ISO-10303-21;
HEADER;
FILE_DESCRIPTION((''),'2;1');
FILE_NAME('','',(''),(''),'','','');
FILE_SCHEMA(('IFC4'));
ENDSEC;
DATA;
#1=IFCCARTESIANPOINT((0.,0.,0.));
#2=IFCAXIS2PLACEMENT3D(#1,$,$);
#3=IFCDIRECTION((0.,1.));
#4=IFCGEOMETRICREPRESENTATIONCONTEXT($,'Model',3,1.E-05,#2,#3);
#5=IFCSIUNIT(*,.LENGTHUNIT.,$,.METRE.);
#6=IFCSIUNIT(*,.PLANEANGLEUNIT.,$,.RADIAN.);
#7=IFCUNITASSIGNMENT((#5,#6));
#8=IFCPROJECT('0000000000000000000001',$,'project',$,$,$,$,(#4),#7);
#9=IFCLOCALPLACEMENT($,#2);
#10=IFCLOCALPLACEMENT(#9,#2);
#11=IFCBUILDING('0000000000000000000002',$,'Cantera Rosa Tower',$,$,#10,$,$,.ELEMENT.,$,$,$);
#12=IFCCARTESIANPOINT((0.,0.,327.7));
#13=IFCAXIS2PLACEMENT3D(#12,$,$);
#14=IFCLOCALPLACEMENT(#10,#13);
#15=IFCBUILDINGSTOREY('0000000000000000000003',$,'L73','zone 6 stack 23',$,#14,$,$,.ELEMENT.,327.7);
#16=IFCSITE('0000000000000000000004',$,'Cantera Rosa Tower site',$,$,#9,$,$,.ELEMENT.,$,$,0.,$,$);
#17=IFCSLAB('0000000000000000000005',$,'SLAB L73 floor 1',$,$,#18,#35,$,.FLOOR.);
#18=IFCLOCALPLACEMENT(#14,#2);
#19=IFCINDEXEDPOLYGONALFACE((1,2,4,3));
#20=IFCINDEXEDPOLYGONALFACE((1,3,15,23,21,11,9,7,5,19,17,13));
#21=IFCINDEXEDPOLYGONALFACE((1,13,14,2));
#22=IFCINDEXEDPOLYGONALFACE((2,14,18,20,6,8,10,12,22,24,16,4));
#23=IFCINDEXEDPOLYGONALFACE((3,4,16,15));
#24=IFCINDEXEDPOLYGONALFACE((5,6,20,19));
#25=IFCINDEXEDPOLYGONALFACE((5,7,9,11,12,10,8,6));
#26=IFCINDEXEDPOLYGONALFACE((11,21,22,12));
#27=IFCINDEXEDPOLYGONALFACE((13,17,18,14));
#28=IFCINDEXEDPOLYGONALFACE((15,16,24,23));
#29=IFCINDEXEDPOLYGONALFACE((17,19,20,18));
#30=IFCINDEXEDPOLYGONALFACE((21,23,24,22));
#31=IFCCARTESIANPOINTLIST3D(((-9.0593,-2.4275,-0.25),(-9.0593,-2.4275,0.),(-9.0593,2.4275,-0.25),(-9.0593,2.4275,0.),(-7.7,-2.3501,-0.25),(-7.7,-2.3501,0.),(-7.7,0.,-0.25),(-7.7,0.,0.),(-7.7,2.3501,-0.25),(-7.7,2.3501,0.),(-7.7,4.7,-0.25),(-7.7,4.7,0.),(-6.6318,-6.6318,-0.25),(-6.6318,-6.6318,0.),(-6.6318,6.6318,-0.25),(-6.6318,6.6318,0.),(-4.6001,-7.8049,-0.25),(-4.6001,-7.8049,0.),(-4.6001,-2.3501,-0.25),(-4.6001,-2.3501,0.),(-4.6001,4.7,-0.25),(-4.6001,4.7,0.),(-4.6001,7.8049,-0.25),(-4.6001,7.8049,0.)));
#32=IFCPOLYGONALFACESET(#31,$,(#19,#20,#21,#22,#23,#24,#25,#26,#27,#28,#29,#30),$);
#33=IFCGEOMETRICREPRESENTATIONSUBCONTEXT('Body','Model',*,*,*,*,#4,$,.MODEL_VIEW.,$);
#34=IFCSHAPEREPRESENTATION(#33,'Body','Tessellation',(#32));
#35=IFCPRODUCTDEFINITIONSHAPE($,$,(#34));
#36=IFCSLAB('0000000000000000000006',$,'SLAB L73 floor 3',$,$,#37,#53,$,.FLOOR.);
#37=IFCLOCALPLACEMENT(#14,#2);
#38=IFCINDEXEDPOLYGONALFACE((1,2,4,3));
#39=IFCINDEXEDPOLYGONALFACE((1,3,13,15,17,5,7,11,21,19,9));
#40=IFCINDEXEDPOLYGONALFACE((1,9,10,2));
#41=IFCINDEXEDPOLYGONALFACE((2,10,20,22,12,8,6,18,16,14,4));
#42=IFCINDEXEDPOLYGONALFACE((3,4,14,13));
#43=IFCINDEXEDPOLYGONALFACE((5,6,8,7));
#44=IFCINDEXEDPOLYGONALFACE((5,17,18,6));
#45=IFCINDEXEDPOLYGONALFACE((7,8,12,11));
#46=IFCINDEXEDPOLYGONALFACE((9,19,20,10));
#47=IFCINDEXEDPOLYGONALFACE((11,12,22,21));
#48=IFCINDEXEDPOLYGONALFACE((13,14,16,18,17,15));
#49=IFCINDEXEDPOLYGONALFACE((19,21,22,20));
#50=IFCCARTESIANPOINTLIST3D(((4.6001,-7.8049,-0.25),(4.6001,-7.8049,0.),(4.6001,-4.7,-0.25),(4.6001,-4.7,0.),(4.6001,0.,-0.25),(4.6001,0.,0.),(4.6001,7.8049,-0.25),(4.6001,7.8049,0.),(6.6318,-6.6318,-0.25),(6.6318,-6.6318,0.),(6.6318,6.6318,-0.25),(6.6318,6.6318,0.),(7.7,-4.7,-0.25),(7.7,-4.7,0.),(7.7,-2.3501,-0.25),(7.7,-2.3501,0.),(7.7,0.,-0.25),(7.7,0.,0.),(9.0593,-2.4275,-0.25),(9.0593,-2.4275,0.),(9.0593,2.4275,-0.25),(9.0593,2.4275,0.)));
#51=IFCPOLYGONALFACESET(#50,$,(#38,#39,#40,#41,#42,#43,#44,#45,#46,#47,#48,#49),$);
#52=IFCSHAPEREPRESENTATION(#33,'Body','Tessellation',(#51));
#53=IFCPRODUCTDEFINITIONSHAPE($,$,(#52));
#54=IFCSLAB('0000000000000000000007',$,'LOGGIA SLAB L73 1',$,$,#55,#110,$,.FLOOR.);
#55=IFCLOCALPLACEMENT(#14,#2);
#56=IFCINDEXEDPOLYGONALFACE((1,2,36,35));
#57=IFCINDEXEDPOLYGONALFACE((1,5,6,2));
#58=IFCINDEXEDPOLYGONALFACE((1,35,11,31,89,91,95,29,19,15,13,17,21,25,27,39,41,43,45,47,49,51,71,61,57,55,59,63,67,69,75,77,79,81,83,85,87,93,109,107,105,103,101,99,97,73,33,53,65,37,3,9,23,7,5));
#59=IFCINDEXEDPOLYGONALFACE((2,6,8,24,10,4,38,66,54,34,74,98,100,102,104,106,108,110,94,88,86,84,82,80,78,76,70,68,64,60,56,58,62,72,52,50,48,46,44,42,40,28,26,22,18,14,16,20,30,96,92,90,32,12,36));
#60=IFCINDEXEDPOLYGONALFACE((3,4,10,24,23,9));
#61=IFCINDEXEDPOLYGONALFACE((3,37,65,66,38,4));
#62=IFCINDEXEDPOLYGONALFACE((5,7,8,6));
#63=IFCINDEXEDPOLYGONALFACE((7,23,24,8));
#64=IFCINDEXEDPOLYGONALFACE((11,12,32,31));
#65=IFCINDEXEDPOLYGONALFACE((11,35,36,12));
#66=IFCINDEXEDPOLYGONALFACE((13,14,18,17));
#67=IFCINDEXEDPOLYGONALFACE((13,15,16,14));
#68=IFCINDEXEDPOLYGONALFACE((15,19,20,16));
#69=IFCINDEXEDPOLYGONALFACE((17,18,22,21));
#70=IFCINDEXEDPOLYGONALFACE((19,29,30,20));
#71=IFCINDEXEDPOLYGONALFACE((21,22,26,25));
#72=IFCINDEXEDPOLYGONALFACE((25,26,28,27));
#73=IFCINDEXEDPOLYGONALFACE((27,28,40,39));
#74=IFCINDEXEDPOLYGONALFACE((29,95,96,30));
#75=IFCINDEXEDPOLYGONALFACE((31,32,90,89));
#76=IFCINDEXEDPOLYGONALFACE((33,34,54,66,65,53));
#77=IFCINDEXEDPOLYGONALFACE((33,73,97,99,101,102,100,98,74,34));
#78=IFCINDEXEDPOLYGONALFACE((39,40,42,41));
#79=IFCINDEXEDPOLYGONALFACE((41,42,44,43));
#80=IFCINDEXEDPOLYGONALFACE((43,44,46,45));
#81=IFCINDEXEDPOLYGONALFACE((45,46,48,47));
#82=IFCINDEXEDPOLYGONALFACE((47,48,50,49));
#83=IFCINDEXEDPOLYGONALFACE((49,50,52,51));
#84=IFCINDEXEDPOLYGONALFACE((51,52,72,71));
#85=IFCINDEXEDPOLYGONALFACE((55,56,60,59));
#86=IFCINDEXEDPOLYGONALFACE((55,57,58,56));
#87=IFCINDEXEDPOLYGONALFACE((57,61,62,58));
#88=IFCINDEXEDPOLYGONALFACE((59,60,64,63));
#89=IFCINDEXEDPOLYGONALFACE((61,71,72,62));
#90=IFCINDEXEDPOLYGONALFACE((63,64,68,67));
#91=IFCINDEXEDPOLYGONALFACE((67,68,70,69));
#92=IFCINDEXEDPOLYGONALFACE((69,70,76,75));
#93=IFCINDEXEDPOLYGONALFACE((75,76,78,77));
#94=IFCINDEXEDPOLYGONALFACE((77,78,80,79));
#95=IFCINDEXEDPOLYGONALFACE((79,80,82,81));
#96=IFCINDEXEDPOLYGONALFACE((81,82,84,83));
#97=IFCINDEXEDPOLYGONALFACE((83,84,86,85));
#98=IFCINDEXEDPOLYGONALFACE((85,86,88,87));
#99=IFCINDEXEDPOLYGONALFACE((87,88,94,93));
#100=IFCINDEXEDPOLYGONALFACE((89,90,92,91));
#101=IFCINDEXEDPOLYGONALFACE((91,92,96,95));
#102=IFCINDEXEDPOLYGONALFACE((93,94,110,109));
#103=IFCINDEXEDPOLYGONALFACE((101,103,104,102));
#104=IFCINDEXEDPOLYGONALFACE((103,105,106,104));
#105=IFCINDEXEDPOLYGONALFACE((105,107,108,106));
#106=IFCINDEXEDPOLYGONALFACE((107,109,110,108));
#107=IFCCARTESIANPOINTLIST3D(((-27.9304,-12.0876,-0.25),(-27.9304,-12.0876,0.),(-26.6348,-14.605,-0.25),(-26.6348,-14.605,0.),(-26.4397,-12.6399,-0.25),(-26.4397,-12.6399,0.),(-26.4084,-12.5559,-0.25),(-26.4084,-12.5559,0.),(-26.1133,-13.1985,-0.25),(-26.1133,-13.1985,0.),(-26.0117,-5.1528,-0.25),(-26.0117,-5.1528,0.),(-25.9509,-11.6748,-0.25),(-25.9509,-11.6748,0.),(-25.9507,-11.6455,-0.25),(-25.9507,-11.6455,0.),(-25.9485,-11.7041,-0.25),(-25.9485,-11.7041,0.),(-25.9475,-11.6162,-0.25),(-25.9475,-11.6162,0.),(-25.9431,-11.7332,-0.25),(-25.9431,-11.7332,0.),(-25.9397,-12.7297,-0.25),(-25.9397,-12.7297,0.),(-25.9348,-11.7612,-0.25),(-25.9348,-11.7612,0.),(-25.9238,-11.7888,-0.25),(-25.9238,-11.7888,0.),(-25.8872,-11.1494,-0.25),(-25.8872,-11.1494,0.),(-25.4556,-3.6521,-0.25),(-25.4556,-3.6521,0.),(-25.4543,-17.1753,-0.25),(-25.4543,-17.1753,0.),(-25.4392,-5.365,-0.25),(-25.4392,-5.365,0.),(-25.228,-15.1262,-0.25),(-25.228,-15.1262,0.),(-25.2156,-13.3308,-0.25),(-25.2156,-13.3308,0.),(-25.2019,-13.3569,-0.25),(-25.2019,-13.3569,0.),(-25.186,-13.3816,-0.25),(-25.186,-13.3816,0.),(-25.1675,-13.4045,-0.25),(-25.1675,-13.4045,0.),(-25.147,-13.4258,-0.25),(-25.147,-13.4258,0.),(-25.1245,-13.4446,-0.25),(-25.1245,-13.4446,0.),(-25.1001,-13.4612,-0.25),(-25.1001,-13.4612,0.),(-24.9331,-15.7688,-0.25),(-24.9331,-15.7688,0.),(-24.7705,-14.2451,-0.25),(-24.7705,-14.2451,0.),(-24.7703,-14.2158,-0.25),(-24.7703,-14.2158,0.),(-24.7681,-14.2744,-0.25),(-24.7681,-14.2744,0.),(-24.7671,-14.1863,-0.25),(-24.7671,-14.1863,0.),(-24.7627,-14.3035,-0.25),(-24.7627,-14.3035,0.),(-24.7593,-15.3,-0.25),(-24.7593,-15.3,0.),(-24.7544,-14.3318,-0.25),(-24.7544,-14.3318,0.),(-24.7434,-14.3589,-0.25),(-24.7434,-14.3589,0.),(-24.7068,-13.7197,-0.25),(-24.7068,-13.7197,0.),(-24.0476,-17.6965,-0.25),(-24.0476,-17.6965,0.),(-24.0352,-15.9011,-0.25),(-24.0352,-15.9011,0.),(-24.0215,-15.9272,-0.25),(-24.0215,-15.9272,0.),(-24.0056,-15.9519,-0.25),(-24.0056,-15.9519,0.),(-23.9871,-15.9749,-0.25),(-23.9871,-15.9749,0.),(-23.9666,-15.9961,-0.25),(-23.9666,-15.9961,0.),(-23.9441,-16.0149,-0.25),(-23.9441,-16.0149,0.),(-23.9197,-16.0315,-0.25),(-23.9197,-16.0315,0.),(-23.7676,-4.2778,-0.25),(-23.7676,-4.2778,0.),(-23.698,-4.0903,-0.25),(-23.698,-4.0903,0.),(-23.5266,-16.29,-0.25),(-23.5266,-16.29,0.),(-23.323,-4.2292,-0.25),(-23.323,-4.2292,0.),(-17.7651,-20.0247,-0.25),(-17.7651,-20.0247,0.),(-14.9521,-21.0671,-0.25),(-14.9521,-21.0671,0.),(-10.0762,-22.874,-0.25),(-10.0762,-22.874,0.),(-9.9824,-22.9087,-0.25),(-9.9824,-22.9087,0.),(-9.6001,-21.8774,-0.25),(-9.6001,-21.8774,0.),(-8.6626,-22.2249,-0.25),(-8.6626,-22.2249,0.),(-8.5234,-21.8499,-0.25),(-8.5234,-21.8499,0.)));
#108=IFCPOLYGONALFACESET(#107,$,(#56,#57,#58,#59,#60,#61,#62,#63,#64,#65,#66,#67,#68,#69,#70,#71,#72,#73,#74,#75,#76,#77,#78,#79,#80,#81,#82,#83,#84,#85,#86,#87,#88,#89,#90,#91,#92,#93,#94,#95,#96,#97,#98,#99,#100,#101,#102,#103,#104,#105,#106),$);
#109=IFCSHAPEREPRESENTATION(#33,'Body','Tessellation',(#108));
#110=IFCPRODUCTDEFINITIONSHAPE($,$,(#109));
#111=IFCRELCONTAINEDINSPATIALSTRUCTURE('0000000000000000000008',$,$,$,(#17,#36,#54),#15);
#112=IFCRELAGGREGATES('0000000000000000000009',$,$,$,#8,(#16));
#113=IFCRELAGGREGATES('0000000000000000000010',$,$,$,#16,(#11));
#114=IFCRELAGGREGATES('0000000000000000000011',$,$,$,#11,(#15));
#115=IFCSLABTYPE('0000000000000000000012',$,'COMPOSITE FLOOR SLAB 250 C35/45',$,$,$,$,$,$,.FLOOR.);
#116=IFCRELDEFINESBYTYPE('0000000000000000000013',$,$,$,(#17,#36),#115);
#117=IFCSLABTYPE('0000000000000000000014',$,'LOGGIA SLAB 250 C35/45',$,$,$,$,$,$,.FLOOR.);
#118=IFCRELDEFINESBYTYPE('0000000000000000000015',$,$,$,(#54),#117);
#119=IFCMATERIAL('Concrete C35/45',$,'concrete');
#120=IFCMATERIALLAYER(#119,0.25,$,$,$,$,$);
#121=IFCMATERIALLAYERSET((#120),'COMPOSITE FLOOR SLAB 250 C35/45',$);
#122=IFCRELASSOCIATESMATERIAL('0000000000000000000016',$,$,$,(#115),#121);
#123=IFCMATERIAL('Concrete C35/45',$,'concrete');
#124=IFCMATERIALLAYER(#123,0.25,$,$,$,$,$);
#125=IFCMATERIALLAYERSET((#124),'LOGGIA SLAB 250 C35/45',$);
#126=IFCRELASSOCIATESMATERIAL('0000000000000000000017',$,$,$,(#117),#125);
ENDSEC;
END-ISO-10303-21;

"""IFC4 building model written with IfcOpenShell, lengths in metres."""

from ifc_helpers import new_model, si_unit, direction, frame, origin, place, context, subcontext, project, spatial, polyline, outline, extrude, material, layer, layer_set, type_object, element, save


model = new_model("IFC4")

# Units and contexts
model_context = context("Model", 3, precision=1e-05, world=origin(), true_north=direction((0.0, 1.0)))
body_context = subcontext(model_context, "Body", "Model", "MODEL_VIEW")
ifc_project = project(units=[si_unit("LENGTHUNIT", "METRE"), si_unit("PLANEANGLEUNIT", "RADIAN")], contexts=[model_context])

# Site, building, storey
site_placement = place(None, origin())
site = spatial("IfcSite", under=ifc_project, at=site_placement, Name="Cantera Rosa Tower site", CompositionType="ELEMENT", RefElevation=0.0)
building_placement = place(site_placement, origin())
building = spatial("IfcBuilding", under=site, at=building_placement, Name="Cantera Rosa Tower", CompositionType="ELEMENT")
storey_placement = place(building_placement, frame((0.0, 0.0, 327.7)))
storey = spatial("IfcBuildingStorey", under=building, at=storey_placement, Name="L73", Description="zone 6 stack 23", CompositionType="ELEMENT", Elevation=327.7)

# Slabs
ifc_material_1 = material(Name="Concrete C35/45", Category="concrete")
ifc_layer_1 = layer(ifc_material_1, 0.25)
ifc_layer_set_1 = layer_set([ifc_layer_1], Name="COMPOSITE FLOOR SLAB 250 C35/45")
slab_type_1 = type_object("IfcSlabType", Name="COMPOSITE FLOOR SLAB 250 C35/45", PredefinedType="FLOOR", material=ifc_layer_set_1)
slab_1_placement = place(storey_placement, frame((0.0, 0.0, -0.25)))
element("IfcSlab", 1, at=slab_1_placement, inside=storey, type_object=slab_type_1, Name="SLAB L73 floor 1", PredefinedType="FLOOR", context=body_context, shape_type="SweptSolid", body=[
    extrude(outline(polyline([(-4.6001, -7.8049), (-6.6318, -6.6318), (-9.0593, -2.4275), (-9.0593, 2.4275), (-6.6318, 6.6318), (-4.6001, 7.8049), (-4.6001, 4.7), (-7.7, 4.7), (-7.7, 2.3501), (-7.7, 0.0), (-7.7, -2.3501), (-4.6001, -2.3501), (-4.6001, -7.8049)])), origin(), (0.0, 0.0, 1.0), 0.25),
])
slab_2_placement = place(storey_placement, frame((0.0, 0.0, -0.25)))
element("IfcSlab", 2, at=slab_2_placement, inside=storey, type_object=slab_type_1, Name="SLAB L73 floor 3", PredefinedType="FLOOR", context=body_context, shape_type="SweptSolid", body=[
    extrude(outline(polyline([(4.6001, 7.8049), (6.6318, 6.6318), (9.0593, 2.4275), (9.0593, -2.4275), (6.6318, -6.6318), (4.6001, -7.8049), (4.6001, -4.7), (7.7, -4.7), (7.7, -2.3501), (7.7, 0.0), (4.6001, 0.0), (4.6001, 7.8049)])), origin(), (0.0, 0.0, 1.0), 0.25),
])
ifc_material_2 = material(Name="Concrete C35/45", Category="concrete")
ifc_layer_2 = layer(ifc_material_2, 0.25)
ifc_layer_set_2 = layer_set([ifc_layer_2], Name="LOGGIA SLAB 250 C35/45")
slab_type_2 = type_object("IfcSlabType", Name="LOGGIA SLAB 250 C35/45", PredefinedType="FLOOR", material=ifc_layer_set_2)
slab_3_placement = place(storey_placement, frame((0.0, 0.0, -0.25)))
element("IfcSlab", 3, at=slab_3_placement, inside=storey, type_object=slab_type_2, Name="LOGGIA SLAB L73 1", PredefinedType="FLOOR", context=body_context, shape_type="SweptSolid", body=[
    extrude(outline(polyline([(-25.4543, -17.1753), (-24.9331, -15.7688), (-24.7593, -15.3), (-25.228, -15.1262), (-26.6348, -14.605), (-26.1133, -13.1985), (-25.9397, -12.7297), (-26.4084, -12.5559), (-26.4397, -12.6399), (-27.9304, -12.0876), (-25.4392, -5.365), (-26.0117, -5.1528), (-25.4556, -3.6521), (-23.7676, -4.2778), (-23.698, -4.0903), (-23.323, -4.2292), (-25.8872, -11.1494), (-25.9475, -11.6162), (-25.9507, -11.6455), (-25.9509, -11.6748), (-25.9485, -11.7041), (-25.9431, -11.7332), (-25.9348, -11.7612), (-25.9238, -11.7888), (-25.2156, -13.3308), (-25.2019, -13.3569), (-25.186, -13.3816), (-25.1675, -13.4045), (-25.147, -13.4258), (-25.1245, -13.4446), (-25.1001, -13.4612), (-24.7068, -13.7197), (-24.7671, -14.1863), (-24.7703, -14.2158), (-24.7705, -14.2451), (-24.7681, -14.2744), (-24.7627, -14.3035), (-24.7544, -14.3318), (-24.7434, -14.3589), (-24.0352, -15.9011), (-24.0215, -15.9272), (-24.0056, -15.9519), (-23.9871, -15.9749), (-23.9666, -15.9961), (-23.9441, -16.0149), (-23.9197, -16.0315), (-23.5266, -16.29), (-8.5234, -21.8499), (-8.6626, -22.2249), (-9.6001, -21.8774), (-9.9824, -22.9087), (-10.0762, -22.874), (-14.9521, -21.0671), (-17.7651, -20.0247), (-24.0476, -17.6965), (-25.4543, -17.1753)])), origin(), (0.0, 0.0, 1.0), 0.25),
])

save(model, "model.ifc")
